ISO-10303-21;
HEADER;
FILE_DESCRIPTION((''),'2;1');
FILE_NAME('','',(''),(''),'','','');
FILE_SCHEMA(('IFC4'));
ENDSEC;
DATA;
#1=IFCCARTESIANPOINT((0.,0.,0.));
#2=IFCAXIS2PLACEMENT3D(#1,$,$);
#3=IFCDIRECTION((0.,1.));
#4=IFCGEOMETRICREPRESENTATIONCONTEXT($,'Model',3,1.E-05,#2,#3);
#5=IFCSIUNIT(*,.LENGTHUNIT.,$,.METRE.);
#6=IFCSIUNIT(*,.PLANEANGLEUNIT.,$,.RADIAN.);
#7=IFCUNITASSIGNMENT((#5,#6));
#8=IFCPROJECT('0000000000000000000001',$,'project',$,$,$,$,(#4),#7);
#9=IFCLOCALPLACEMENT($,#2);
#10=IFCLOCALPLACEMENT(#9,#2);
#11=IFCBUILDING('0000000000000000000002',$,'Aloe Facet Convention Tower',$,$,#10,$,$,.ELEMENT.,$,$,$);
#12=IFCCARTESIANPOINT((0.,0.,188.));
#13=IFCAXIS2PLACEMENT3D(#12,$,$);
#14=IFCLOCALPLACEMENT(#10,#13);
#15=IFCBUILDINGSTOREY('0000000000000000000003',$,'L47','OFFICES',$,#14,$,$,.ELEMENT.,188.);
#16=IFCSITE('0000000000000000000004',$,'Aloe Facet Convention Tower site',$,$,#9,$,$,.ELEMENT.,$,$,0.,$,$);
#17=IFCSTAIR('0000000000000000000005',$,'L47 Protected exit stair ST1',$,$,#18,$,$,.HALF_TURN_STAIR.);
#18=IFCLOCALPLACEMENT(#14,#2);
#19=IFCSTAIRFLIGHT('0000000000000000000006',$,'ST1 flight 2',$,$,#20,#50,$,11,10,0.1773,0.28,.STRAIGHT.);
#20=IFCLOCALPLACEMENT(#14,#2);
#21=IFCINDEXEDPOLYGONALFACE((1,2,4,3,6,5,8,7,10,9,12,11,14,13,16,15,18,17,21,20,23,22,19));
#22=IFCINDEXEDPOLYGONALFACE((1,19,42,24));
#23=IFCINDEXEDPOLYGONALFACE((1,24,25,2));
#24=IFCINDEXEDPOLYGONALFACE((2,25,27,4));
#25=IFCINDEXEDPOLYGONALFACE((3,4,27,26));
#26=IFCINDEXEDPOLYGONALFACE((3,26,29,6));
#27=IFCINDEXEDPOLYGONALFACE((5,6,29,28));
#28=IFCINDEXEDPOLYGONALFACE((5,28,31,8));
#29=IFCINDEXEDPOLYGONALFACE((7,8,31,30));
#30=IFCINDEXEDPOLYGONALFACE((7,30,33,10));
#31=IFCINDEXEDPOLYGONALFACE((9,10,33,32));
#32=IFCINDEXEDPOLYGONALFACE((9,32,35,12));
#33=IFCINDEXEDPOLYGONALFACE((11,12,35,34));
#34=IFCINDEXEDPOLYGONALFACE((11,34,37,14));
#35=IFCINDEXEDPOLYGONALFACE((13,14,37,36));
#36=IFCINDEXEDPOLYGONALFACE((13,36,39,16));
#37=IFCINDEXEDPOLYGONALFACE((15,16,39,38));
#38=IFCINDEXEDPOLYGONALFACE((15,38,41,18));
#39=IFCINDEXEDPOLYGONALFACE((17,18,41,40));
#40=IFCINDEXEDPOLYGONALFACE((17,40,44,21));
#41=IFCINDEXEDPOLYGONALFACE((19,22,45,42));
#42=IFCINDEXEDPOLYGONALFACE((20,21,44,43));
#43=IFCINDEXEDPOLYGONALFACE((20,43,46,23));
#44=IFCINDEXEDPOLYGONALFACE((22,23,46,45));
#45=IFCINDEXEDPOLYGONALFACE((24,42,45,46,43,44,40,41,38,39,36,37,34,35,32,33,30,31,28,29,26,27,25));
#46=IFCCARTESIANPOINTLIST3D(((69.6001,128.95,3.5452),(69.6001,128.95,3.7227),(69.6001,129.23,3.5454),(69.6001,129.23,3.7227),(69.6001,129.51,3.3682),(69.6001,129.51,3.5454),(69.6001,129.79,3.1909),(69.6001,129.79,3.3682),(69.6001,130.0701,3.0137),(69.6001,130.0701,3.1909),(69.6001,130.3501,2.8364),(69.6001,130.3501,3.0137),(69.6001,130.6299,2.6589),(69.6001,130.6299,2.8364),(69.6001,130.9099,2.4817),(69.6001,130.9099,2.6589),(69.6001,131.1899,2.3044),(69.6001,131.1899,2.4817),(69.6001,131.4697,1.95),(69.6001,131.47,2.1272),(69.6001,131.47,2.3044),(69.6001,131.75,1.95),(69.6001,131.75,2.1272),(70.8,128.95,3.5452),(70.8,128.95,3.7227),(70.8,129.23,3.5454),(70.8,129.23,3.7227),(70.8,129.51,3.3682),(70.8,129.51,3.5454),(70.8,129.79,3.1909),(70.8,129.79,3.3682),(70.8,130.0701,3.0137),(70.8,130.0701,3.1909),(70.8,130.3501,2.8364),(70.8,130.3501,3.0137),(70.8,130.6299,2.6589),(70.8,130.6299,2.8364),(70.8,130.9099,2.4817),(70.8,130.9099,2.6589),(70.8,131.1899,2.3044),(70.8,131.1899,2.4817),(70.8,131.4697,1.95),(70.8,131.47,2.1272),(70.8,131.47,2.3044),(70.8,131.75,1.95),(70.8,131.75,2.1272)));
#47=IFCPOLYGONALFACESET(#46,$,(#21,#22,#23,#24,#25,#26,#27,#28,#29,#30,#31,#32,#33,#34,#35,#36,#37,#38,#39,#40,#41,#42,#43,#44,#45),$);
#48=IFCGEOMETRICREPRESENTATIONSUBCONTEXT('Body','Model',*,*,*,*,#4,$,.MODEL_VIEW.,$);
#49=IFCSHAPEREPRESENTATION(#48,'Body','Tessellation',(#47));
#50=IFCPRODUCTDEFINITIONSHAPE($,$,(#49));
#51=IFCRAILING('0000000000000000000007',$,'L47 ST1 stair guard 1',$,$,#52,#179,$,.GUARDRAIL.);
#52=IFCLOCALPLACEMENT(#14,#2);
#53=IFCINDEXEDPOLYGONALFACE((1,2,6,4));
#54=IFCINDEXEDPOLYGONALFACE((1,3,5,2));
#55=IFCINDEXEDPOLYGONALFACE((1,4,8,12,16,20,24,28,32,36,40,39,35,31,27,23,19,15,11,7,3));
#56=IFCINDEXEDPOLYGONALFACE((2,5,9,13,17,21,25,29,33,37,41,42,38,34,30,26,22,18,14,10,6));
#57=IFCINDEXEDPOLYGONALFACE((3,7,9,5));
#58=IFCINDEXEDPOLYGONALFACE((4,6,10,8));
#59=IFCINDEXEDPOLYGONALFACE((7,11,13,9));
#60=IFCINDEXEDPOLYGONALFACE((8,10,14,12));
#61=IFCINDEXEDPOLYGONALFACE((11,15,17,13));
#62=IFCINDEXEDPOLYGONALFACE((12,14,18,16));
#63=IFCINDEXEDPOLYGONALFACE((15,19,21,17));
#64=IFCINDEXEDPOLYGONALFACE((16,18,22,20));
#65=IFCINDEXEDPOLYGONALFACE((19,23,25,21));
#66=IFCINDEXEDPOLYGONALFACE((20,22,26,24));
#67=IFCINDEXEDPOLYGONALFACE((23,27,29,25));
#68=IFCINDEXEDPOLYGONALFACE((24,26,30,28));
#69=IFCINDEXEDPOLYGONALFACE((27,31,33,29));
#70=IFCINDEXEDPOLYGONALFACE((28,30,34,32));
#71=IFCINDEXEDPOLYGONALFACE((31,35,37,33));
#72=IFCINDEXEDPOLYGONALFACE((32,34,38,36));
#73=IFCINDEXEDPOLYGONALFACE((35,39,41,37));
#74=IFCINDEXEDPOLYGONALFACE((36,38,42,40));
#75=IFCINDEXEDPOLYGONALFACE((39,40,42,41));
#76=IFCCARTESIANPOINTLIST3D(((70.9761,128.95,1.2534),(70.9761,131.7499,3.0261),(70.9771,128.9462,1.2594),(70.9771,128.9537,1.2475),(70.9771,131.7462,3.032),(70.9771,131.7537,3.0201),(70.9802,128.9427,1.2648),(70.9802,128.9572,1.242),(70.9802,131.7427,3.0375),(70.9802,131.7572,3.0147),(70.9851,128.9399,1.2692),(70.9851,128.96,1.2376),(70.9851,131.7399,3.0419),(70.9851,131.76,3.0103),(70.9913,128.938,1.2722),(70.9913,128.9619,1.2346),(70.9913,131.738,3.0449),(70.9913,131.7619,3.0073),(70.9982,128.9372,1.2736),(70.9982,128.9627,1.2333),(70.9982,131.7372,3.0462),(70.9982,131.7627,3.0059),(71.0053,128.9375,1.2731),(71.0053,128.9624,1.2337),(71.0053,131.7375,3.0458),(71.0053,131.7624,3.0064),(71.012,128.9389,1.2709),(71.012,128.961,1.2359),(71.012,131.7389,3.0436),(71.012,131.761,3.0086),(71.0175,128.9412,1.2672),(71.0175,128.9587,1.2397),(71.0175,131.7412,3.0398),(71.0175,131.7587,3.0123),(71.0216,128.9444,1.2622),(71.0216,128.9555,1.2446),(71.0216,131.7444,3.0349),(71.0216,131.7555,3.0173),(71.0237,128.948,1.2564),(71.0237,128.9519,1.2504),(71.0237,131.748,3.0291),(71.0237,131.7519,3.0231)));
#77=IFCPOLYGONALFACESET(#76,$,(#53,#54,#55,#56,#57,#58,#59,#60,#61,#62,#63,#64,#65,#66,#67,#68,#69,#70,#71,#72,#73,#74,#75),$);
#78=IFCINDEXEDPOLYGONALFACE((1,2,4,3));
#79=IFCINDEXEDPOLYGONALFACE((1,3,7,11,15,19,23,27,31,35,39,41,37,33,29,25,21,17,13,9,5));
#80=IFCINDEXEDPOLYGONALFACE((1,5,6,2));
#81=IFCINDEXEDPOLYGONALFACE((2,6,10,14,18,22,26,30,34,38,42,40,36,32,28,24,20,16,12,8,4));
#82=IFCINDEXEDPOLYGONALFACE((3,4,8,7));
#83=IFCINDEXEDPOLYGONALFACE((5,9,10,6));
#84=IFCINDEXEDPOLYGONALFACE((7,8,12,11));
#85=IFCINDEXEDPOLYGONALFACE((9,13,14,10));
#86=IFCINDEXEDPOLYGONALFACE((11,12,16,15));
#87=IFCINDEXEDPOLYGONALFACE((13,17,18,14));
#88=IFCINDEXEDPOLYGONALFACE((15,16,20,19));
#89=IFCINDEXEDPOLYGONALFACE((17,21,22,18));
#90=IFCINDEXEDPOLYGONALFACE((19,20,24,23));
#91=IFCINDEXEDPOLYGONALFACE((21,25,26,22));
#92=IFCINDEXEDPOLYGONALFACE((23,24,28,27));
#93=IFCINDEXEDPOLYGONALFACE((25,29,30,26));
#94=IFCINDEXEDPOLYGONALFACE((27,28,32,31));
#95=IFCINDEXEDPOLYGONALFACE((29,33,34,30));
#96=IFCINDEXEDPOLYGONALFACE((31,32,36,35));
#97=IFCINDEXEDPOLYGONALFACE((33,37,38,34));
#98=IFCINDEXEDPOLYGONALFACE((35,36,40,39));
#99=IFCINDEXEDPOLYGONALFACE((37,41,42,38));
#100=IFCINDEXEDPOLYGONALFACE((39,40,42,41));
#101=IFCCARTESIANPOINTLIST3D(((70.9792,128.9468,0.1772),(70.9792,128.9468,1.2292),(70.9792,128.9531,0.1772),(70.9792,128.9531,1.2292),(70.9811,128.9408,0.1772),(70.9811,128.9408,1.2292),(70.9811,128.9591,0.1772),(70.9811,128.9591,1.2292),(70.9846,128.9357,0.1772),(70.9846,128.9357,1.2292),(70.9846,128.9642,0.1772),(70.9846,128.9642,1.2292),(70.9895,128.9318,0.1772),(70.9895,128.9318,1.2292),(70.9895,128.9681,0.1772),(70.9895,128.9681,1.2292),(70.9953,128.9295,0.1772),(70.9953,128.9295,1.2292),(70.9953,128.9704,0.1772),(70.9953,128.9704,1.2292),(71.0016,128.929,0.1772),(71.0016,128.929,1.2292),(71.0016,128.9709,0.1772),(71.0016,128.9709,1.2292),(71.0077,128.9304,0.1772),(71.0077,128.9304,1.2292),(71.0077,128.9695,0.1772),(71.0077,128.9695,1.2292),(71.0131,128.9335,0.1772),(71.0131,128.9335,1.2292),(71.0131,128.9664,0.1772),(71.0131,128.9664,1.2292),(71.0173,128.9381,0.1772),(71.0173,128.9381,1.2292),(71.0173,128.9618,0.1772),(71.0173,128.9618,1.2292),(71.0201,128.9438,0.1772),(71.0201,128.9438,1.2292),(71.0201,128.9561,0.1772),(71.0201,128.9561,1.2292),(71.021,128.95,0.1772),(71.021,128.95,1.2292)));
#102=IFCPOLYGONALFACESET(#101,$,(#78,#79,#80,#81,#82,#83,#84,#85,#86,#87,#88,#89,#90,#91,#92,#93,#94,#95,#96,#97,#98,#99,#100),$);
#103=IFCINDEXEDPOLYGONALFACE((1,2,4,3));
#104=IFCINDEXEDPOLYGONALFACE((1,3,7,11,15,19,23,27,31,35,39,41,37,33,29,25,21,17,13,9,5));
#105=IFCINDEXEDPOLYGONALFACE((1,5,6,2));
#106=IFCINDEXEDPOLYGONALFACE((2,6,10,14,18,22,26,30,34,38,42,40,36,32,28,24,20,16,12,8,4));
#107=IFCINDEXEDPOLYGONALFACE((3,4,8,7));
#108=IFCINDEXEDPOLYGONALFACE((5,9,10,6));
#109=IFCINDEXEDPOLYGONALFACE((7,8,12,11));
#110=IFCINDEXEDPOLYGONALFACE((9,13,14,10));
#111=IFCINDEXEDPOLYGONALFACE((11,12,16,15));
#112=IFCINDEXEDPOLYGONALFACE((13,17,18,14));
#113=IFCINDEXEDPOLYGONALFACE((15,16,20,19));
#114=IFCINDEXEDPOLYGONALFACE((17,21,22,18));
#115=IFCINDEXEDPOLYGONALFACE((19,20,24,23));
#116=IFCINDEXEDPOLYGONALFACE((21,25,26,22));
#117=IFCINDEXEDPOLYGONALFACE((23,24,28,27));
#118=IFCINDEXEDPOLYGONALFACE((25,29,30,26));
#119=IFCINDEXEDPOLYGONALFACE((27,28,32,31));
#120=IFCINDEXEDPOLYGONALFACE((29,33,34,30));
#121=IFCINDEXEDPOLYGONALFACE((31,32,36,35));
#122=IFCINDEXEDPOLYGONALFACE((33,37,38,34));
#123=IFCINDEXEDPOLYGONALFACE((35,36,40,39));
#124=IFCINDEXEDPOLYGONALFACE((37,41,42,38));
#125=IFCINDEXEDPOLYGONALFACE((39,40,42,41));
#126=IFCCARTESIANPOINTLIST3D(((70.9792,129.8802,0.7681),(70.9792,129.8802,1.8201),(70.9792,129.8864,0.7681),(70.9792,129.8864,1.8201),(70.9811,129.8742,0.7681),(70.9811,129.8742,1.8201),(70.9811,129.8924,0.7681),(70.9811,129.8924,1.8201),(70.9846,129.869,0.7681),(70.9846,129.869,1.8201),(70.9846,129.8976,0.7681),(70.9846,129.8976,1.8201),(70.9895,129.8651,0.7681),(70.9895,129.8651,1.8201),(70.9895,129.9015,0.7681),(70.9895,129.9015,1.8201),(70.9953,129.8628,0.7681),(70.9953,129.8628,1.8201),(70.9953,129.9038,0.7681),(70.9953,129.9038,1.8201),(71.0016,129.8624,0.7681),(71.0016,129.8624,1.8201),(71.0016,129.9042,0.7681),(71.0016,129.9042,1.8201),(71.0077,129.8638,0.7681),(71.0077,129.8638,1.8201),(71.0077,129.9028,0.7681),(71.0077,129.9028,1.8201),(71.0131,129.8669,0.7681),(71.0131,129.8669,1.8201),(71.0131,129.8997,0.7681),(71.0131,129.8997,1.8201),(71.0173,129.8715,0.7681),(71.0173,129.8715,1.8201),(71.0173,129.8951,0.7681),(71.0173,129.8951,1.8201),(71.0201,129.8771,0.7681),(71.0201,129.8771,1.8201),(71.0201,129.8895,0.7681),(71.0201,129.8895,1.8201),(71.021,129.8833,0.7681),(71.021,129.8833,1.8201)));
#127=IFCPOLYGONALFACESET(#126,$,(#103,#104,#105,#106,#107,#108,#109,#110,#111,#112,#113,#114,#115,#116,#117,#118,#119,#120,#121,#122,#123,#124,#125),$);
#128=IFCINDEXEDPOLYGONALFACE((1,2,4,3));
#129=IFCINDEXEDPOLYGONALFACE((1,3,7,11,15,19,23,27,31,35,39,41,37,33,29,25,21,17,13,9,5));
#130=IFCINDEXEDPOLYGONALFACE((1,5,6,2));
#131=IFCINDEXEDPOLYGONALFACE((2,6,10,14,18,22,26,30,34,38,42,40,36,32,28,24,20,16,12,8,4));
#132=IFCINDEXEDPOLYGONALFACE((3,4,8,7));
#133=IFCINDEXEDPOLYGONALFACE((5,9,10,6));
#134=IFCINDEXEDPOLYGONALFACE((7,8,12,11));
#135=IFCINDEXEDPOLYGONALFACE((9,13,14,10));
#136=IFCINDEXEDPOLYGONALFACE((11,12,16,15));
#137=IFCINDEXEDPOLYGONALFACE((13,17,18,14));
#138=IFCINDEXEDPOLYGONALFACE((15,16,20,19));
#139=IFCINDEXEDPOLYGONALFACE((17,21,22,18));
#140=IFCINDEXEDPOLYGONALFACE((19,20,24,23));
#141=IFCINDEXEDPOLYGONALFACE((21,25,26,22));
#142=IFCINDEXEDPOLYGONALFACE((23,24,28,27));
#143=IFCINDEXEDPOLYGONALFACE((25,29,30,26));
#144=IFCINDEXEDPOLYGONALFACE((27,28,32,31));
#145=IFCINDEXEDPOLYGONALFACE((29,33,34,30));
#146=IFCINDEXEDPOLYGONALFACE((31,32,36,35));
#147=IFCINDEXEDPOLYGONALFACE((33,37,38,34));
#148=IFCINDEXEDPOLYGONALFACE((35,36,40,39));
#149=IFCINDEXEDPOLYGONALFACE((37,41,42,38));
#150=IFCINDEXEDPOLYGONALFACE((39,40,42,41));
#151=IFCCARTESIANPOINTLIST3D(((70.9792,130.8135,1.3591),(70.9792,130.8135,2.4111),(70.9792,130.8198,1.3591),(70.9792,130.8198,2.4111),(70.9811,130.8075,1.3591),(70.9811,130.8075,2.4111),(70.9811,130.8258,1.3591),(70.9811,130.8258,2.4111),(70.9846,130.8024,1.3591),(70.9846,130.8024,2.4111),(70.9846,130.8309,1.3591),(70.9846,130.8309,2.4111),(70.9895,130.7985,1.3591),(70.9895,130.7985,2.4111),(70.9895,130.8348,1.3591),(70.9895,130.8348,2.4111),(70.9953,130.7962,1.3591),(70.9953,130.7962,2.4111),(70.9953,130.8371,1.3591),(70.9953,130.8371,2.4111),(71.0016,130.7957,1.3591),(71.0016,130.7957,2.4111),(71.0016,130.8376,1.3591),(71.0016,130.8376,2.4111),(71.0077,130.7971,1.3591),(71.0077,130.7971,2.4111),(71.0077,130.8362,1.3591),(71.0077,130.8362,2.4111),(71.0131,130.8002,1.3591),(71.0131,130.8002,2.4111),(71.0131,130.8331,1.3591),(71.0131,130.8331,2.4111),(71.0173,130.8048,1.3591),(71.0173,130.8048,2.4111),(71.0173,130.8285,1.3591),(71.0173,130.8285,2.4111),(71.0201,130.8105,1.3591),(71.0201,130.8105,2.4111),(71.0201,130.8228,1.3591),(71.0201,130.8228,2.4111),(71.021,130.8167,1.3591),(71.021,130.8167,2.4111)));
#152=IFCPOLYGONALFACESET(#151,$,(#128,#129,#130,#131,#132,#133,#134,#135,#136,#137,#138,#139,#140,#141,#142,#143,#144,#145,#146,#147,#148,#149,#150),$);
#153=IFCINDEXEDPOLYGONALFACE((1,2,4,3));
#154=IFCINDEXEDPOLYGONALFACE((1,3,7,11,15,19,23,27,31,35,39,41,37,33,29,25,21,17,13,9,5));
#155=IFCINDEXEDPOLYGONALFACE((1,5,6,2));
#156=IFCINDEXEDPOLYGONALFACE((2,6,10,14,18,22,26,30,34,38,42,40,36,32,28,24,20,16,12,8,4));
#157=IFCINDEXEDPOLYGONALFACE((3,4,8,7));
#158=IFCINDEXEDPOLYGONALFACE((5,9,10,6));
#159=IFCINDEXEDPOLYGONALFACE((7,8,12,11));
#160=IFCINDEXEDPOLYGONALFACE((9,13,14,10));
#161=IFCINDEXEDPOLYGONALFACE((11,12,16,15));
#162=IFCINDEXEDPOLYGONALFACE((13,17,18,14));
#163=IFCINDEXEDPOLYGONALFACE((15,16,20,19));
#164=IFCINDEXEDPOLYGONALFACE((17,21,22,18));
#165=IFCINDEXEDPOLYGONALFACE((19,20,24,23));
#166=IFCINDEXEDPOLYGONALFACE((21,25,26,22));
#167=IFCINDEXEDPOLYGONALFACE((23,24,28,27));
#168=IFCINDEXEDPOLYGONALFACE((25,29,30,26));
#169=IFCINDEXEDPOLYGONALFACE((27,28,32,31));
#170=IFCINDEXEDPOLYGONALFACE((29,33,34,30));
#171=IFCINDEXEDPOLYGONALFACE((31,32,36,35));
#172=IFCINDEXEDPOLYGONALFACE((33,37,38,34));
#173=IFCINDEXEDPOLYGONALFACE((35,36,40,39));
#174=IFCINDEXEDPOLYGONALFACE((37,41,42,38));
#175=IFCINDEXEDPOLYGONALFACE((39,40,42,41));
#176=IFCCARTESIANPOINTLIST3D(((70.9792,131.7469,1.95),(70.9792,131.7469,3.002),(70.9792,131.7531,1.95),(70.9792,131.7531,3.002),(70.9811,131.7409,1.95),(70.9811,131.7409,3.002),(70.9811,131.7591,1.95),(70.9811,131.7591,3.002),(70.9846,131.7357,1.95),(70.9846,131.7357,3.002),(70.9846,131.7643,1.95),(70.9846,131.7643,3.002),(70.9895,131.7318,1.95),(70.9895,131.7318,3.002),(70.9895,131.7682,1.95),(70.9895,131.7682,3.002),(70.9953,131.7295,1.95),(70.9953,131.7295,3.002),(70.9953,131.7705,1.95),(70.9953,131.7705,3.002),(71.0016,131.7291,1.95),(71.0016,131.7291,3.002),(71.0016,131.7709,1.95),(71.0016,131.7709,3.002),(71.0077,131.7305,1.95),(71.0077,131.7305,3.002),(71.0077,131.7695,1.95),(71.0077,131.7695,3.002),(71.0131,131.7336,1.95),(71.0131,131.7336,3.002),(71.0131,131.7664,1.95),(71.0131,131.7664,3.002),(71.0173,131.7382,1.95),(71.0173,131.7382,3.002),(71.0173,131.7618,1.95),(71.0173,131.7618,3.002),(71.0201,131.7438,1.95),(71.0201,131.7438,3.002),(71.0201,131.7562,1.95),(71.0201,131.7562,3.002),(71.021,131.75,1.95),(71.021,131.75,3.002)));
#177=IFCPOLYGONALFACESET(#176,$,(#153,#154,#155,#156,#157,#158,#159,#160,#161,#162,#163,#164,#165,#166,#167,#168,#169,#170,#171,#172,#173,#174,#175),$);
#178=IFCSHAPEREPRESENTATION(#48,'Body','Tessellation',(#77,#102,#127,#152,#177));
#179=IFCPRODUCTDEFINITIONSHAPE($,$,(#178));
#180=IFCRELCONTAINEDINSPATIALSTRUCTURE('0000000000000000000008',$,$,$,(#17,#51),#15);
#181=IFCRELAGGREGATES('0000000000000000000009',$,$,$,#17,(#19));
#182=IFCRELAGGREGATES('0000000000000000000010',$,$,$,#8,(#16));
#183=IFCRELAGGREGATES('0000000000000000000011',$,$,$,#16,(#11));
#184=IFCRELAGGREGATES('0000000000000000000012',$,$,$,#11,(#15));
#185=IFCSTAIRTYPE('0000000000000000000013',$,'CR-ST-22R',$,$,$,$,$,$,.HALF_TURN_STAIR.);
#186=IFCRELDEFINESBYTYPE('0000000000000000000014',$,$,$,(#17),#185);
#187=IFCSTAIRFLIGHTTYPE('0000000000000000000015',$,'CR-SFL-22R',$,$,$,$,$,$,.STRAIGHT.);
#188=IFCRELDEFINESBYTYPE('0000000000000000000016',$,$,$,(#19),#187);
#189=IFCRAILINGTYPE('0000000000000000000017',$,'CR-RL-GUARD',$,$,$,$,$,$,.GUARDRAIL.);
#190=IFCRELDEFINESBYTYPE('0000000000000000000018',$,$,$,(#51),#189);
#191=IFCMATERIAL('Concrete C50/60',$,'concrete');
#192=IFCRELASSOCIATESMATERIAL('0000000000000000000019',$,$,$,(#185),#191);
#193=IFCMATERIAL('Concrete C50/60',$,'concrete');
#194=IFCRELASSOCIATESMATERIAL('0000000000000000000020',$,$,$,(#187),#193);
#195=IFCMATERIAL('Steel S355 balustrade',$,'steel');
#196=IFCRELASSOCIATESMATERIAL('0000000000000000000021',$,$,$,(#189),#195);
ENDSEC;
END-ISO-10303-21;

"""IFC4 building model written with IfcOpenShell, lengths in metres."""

from ifc_helpers import new_model, si_unit, direction, frame, origin, origin_2d, place, context, subcontext, project, spatial, polyline, circle, outline, extrude, material, type_object, element, aggregate, save


model = new_model("IFC4")

# Units and contexts
model_context = context("Model", 3, precision=1e-05, world=origin(), true_north=direction((0.0, 1.0)))
body_context = subcontext(model_context, "Body", "Model", "MODEL_VIEW")
ifc_project = project(units=[si_unit("LENGTHUNIT", "METRE"), si_unit("PLANEANGLEUNIT", "RADIAN")], contexts=[model_context])

# Site, building, storey
site_placement = place(None, origin())
site = spatial("IfcSite", under=ifc_project, at=site_placement, Name="Aloe Facet Convention Tower site", CompositionType="ELEMENT", RefElevation=0.0)
building_placement = place(site_placement, origin())
building = spatial("IfcBuilding", under=site, at=building_placement, Name="Aloe Facet Convention Tower", CompositionType="ELEMENT")
storey_placement = place(building_placement, frame((0.0, 0.0, 188.0)))
storey = spatial("IfcBuildingStorey", under=building, at=storey_placement, Name="L47", Description="OFFICES", CompositionType="ELEMENT", Elevation=188.0)

# Stair, stair flight
ifc_material_1 = material(Name="Concrete C50/60", Category="concrete")
stair_type = type_object("IfcStairType", Name="CR-ST-22R", PredefinedType="HALF_TURN_STAIR", material=ifc_material_1)
stair_placement = place(storey_placement, origin())
stair = element("IfcStair", 1, at=stair_placement, inside=storey, type_object=stair_type, Name="L47 Protected exit stair ST1", PredefinedType="HALF_TURN_STAIR")
ifc_material_2 = material(Name="Concrete C50/60", Category="concrete")
stair_flight_type = type_object("IfcStairFlightType", Name="CR-SFL-22R", PredefinedType="STRAIGHT", material=ifc_material_2)
stair_flight_1_placement = place(storey_placement, frame((70.2, 131.75, 1.95), z_axis=(0.0, 0.0, 1.0), x_axis=(0.0, -1.0, 0.0)))
stair_flight_1 = element("IfcStairFlight", 2, at=stair_flight_1_placement, type_object=stair_flight_type, Name="ST1 flight 2", NumberOfRisers=11, NumberOfTreads=10, PredefinedType="STRAIGHT", RiserHeight=0.1773, TreadLength=0.28, context=body_context, shape_type="SweptSolid", body=[
    extrude(outline(polyline([(0.0, 0.0), (0.0, 0.1772), (0.28, 0.1772), (0.28, 0.3545), (0.5601, 0.3545), (0.5601, 0.5317), (0.8401, 0.5317), (0.8401, 0.709), (1.1201, 0.709), (1.1201, 0.8865), (1.3999, 0.8865), (1.3999, 1.0637), (1.6799, 1.0637), (1.6799, 1.241), (1.96, 1.241), (1.96, 1.4182), (2.24, 1.4182), (2.24, 1.5955), (2.52, 1.5955), (2.52, 1.7727), (2.8, 1.7727), (2.8, 1.95), (2.8, 1.5952), (0.2803, 0.0), (0.0, 0.0)])), frame((0.0, 0.6001, 0.0), z_axis=(0.0, -1.0, 0.0), x_axis=(1.0, 0.0, 0.0)), (0.0, 0.0, 1.0), 1.2),
])
aggregate(stair, [stair_flight_1])

# Railing
ifc_material_3 = material(Name="Steel S355 balustrade", Category="steel")
railing_type_1 = type_object("IfcRailingType", Name="CR-RL-GUARD", PredefinedType="GUARDRAIL", material=ifc_material_3)
railing_1_placement = place(storey_placement, frame((71.0, 128.95, 0.1772)))
element("IfcRailing", 3, at=railing_1_placement, inside=storey, type_object=railing_type_1, Name="L47 ST1 stair guard 1", PredefinedType="GUARDRAIL", context=body_context, shape_type="SweptSolid", body=[
    extrude(circle(Radius=0.0239, at=origin_2d()), frame((0.0, 0.0, 1.0762), z_axis=(0.0, 0.844909, 0.53491), x_axis=(-1.0, 0.0, 0.0)), (0.0, 0.0, 1.0), 3.314),
    extrude(circle(Radius=0.021, at=origin_2d()), origin(), (0.0, 0.0, 1.0), 1.052),
    extrude(circle(Radius=0.021, at=origin_2d()), frame((0.0, 0.9333, 0.5908)), (0.0, 0.0, 1.0), 1.052),
    extrude(circle(Radius=0.021, at=origin_2d()), frame((0.0, 1.8667, 1.1819)), (0.0, 0.0, 1.0), 1.052),
    extrude(circle(Radius=0.021, at=origin_2d()), frame((0.0, 2.8, 1.7727)), (0.0, 0.0, 1.0), 1.052),
])

save(model, "model.ifc")
